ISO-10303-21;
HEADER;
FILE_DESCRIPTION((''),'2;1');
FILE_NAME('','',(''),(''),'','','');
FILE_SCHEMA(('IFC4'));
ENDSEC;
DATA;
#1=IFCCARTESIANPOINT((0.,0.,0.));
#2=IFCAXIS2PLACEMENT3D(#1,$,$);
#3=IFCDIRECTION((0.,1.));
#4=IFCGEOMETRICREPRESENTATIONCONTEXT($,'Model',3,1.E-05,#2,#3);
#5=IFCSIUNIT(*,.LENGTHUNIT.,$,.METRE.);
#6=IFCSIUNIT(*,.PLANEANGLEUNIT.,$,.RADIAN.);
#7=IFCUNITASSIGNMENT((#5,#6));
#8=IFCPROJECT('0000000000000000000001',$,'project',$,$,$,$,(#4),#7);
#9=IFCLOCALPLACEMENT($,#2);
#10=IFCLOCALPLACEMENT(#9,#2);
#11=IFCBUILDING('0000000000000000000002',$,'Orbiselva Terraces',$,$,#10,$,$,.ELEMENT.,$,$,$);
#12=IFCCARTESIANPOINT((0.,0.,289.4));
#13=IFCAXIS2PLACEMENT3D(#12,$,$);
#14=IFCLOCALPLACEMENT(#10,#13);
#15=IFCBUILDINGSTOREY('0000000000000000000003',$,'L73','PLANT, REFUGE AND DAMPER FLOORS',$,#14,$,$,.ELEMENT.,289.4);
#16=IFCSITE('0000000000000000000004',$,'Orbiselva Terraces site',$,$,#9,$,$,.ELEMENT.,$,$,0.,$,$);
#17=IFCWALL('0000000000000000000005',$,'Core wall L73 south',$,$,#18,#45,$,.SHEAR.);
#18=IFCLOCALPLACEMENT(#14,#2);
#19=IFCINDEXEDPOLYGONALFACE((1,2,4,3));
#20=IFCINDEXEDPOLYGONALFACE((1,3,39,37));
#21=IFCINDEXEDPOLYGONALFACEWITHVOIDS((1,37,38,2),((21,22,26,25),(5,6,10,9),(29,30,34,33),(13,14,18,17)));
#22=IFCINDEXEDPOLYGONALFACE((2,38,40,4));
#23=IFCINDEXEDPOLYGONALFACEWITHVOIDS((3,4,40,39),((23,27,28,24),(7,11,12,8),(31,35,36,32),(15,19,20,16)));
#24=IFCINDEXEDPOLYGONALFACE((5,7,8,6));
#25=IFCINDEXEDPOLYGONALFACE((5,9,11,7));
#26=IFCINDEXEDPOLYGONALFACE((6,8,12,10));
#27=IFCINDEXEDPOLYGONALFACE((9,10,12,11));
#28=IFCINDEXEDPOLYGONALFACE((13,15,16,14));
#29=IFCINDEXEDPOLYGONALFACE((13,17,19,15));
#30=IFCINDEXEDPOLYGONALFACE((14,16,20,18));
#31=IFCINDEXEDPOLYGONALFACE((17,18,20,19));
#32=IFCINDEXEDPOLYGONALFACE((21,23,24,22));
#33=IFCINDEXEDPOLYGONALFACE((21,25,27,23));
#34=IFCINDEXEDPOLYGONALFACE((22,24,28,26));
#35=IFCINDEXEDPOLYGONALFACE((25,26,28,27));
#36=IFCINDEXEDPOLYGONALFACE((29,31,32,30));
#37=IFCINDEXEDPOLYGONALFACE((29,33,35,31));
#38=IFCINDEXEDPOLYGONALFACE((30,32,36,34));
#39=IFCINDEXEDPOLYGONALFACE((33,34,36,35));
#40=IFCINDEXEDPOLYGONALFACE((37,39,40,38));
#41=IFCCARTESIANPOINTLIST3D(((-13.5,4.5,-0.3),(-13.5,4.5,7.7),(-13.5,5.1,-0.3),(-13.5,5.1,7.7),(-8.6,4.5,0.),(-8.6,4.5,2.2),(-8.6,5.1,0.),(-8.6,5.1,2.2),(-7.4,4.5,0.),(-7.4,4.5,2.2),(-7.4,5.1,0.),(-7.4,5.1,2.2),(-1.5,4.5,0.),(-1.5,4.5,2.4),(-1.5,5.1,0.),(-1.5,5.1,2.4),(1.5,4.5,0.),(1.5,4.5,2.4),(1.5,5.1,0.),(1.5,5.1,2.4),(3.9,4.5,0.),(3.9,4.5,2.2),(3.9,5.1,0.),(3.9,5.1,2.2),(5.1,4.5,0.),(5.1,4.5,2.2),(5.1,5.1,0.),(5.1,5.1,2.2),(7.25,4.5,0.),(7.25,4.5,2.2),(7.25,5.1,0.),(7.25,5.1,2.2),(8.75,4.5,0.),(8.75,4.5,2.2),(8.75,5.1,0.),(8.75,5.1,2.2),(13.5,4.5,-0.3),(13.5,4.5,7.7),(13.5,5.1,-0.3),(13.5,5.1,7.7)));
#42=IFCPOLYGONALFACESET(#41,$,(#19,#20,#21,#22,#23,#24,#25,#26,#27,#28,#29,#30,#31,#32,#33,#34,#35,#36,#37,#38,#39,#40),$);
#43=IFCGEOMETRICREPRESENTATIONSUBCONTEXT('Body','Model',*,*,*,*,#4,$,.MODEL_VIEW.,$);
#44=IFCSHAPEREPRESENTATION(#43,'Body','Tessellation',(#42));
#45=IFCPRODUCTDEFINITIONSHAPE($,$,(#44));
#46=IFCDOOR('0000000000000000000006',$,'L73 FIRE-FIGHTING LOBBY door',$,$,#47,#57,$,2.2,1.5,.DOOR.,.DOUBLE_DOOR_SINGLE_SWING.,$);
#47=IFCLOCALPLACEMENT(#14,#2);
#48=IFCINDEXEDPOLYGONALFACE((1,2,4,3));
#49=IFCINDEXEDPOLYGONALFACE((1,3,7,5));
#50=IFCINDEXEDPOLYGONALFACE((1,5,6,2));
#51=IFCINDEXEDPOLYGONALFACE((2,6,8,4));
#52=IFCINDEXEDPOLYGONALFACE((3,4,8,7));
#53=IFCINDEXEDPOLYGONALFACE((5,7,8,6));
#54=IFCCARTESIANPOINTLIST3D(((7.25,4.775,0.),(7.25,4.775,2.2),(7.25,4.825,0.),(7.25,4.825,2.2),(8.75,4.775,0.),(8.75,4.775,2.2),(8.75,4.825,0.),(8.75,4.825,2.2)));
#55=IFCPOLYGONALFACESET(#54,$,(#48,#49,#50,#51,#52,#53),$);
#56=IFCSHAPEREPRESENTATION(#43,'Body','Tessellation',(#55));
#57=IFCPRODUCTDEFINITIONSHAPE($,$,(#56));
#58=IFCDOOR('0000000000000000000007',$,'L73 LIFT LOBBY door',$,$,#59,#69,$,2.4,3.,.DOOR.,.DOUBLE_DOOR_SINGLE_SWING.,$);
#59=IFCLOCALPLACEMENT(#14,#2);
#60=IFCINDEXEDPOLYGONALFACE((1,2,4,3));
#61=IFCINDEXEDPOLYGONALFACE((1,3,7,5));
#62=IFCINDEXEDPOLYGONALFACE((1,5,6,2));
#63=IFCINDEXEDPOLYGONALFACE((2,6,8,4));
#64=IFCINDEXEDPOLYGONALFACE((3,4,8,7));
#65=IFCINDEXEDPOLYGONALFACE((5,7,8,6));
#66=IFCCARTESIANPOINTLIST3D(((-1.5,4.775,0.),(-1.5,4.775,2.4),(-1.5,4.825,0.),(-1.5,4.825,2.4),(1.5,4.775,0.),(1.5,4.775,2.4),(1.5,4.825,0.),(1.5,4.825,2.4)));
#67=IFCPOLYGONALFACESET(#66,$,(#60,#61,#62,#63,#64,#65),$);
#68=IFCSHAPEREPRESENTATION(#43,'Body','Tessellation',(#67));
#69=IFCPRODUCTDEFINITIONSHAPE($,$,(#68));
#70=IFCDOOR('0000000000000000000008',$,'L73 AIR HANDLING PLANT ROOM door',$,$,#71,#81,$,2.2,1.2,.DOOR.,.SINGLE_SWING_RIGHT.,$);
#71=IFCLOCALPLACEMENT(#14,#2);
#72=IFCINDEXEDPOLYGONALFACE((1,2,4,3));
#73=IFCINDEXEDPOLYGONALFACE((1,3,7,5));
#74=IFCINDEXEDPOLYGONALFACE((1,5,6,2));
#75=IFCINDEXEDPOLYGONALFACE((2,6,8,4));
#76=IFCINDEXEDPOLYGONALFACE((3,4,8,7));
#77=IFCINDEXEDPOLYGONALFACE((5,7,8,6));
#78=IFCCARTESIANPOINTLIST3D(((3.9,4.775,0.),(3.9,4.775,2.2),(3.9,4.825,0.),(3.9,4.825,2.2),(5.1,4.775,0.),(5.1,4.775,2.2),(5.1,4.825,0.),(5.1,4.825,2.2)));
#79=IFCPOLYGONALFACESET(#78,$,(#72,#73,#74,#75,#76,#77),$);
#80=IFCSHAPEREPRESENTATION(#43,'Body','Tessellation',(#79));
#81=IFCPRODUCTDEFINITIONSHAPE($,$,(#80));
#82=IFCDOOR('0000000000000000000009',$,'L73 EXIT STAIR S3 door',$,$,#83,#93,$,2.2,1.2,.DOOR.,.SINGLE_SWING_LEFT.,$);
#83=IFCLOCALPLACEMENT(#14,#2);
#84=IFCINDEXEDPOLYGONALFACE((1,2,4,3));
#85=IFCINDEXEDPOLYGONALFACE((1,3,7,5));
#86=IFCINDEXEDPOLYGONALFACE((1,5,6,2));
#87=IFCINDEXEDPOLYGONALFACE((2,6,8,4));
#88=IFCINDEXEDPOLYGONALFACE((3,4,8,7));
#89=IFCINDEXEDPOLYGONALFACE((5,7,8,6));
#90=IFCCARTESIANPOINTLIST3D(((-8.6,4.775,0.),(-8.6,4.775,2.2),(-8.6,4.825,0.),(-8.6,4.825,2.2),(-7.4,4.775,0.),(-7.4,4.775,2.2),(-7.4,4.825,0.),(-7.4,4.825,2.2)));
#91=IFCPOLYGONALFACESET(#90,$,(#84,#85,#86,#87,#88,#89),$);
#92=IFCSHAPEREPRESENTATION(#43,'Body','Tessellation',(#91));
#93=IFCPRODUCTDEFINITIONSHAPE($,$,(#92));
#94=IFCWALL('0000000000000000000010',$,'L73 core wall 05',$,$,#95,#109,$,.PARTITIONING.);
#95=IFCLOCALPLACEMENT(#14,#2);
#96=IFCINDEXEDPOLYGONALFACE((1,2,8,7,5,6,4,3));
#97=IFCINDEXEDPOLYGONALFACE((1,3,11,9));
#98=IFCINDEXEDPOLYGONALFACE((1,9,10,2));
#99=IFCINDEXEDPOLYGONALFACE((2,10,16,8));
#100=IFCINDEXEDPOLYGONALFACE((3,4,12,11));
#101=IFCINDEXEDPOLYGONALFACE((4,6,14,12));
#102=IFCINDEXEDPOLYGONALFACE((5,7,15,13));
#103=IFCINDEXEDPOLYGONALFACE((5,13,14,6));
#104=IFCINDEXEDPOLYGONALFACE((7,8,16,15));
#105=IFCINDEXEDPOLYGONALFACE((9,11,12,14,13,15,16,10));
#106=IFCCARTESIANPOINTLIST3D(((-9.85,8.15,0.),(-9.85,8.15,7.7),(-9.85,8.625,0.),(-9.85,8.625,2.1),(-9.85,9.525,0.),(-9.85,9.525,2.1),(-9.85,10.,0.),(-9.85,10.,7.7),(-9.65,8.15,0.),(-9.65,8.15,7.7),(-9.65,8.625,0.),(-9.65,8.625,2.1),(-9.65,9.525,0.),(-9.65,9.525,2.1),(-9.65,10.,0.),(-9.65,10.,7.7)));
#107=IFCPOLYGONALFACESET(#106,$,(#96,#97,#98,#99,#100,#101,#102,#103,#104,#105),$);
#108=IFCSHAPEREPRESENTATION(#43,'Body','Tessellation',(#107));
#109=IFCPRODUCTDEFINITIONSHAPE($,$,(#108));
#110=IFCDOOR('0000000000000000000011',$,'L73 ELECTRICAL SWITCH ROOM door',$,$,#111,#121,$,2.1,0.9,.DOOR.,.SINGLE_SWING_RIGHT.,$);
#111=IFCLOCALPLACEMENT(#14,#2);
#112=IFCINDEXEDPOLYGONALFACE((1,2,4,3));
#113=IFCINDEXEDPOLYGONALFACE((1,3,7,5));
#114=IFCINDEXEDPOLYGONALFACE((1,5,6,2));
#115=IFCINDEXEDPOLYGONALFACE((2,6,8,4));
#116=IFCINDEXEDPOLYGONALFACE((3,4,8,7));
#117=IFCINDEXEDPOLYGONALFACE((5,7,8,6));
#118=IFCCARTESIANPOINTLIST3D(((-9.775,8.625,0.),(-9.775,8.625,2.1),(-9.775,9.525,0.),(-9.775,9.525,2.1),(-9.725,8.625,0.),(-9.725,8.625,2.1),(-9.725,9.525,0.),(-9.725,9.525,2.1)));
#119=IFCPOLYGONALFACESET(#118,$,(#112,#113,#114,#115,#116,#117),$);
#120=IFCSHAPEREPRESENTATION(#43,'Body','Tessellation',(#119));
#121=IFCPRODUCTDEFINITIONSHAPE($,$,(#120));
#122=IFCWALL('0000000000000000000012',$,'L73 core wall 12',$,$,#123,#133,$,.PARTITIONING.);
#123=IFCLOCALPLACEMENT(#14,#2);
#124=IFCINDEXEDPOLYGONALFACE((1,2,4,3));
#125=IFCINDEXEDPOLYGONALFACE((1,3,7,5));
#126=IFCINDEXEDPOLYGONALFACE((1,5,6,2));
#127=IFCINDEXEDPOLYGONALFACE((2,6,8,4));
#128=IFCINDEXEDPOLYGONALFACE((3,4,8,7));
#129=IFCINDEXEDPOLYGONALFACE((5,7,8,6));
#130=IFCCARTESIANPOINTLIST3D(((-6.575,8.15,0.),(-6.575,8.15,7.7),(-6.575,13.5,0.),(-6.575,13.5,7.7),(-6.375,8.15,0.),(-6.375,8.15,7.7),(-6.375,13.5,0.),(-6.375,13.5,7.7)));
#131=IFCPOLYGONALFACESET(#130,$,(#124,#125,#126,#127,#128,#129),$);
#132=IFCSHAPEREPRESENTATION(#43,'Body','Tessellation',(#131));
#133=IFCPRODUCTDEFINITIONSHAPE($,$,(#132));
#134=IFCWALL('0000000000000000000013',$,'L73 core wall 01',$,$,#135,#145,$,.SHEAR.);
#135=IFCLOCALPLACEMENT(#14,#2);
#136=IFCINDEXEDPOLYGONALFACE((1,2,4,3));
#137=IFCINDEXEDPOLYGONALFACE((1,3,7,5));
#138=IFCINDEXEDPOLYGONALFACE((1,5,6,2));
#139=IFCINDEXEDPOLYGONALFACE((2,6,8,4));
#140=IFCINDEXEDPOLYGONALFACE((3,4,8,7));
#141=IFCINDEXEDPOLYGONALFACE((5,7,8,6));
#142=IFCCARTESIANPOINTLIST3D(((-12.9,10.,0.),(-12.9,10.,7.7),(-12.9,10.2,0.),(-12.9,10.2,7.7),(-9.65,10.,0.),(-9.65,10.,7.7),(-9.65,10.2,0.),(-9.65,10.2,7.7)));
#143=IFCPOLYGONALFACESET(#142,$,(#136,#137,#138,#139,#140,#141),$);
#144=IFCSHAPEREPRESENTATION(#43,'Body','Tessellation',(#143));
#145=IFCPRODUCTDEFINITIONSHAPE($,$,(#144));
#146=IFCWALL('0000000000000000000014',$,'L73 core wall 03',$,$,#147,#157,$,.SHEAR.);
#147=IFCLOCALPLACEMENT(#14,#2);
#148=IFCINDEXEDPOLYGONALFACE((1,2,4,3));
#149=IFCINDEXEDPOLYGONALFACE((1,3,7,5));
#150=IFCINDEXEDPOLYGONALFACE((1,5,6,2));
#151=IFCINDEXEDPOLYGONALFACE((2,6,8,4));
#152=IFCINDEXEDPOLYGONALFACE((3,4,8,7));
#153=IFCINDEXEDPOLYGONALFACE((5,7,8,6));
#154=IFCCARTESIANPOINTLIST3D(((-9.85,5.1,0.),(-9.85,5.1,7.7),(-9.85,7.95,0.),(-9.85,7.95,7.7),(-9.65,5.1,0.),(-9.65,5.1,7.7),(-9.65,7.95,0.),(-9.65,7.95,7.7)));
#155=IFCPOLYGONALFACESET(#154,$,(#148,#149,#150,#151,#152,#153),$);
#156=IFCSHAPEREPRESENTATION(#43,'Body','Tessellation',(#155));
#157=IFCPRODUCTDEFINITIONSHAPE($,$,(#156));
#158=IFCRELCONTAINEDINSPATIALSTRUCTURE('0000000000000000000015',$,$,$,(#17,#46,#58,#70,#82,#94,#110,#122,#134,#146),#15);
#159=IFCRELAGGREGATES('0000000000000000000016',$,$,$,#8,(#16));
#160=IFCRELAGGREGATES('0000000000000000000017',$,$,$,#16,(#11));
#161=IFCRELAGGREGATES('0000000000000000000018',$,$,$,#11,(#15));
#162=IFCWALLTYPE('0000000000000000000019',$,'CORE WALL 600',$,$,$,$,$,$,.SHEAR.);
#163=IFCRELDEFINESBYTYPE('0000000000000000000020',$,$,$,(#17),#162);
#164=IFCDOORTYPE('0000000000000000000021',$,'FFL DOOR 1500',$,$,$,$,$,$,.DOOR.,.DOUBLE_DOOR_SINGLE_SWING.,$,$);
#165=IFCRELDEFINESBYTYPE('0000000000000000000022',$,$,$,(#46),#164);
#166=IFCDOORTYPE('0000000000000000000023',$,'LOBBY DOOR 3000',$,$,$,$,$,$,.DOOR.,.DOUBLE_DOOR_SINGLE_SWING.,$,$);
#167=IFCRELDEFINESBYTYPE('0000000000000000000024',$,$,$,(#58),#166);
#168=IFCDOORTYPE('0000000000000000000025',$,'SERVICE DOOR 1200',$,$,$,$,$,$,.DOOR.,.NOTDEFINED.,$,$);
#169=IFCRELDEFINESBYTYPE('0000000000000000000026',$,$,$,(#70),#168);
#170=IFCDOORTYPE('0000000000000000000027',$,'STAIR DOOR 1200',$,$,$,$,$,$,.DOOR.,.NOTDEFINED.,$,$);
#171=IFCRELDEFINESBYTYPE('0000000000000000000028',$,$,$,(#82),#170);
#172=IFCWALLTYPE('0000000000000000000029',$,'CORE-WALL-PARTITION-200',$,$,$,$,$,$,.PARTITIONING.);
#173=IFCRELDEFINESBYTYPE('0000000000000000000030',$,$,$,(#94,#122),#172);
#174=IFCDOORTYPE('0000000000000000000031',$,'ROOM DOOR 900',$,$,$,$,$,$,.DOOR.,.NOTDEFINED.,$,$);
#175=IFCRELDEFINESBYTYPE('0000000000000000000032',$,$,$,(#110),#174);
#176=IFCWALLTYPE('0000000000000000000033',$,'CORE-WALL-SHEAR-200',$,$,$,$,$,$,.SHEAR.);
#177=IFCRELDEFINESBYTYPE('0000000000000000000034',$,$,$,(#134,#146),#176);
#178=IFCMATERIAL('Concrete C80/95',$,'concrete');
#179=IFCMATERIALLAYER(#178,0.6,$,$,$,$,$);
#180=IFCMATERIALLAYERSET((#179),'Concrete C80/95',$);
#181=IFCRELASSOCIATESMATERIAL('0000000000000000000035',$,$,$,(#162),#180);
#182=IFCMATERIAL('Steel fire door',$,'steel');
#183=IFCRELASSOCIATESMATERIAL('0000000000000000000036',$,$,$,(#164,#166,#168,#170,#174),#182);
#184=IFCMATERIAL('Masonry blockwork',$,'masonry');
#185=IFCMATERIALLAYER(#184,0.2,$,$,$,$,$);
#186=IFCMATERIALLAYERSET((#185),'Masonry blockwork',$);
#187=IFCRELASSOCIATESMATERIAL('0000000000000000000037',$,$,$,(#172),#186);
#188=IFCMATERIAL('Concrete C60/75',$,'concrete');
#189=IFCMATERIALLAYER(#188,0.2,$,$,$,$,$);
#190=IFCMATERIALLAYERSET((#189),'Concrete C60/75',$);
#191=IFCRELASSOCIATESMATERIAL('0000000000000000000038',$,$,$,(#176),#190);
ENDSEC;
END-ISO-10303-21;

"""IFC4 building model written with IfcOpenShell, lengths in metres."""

from ifc_helpers import new_model, si_unit, direction, frame, frame_2d, origin, place, context, subcontext, project, spatial, rectangle, extrude, material, layer, layer_set, type_object, element, fill, save


model = new_model("IFC4")

# Units and contexts
model_context = context("Model", 3, precision=1e-05, world=origin(), true_north=direction((0.0, 1.0)))
body_context = subcontext(model_context, "Body", "Model", "MODEL_VIEW")
ifc_project = project(units=[si_unit("LENGTHUNIT", "METRE"), si_unit("PLANEANGLEUNIT", "RADIAN")], contexts=[model_context])

# Site, building, storey
site_placement = place(None, origin())
site = spatial("IfcSite", under=ifc_project, at=site_placement, Name="Orbiselva Terraces site", CompositionType="ELEMENT", RefElevation=0.0)
building_placement = place(site_placement, origin())
building = spatial("IfcBuilding", under=site, at=building_placement, Name="Orbiselva Terraces", CompositionType="ELEMENT")
storey_placement = place(building_placement, frame((0.0, 0.0, 289.4)))
storey = spatial("IfcBuildingStorey", under=building, at=storey_placement, Name="L73", Description="PLANT, REFUGE AND DAMPER FLOORS", CompositionType="ELEMENT", Elevation=289.4)

# Wall, openings, doors
ifc_material_1 = material(Name="Concrete C80/95", Category="concrete")
ifc_layer_1 = layer(ifc_material_1, 0.6)
ifc_layer_set_1 = layer_set([ifc_layer_1], Name="Concrete C80/95")
wall_type_1 = type_object("IfcWallType", Name="CORE WALL 600", PredefinedType="SHEAR", material=ifc_layer_set_1)
wall_1_placement = place(storey_placement, frame((-13.5, 4.8, -0.3), z_axis=(0.0, 0.0, 1.0), x_axis=(1.0, 0.0, 0.0)))
wall_1 = element("IfcWall", 1, at=wall_1_placement, inside=storey, type_object=wall_type_1, Name="Core wall L73 south", PredefinedType="SHEAR", context=body_context, shape_type="SweptSolid", body=[
    extrude(rectangle(XDim=27.0, YDim=0.6, at=frame_2d((13.5, 0.0))), origin(), (0.0, 0.0, 1.0), 8.0),
])
opening_1_placement = place(wall_1_placement, frame((12.0, 0.0, 0.3)))
opening_1 = element("IfcOpeningElement", 2, at=opening_1_placement, cuts=wall_1, PredefinedType="OPENING", context=body_context, shape_type="SweptSolid", body=[
    extrude(rectangle(XDim=3.0, YDim=2.4, at=frame_2d((1.5, 1.2))), frame((0.0, 0.31, 0.0), z_axis=(0.0, -1.0, 0.0), x_axis=(1.0, 0.0, 0.0)), (0.0, 0.0, 1.0), 0.62),
])
opening_2_placement = place(wall_1_placement, frame((4.9, 0.0, 0.3)))
opening_2 = element("IfcOpeningElement", 3, at=opening_2_placement, cuts=wall_1, PredefinedType="OPENING", context=body_context, shape_type="SweptSolid", body=[
    extrude(rectangle(XDim=1.2, YDim=2.2, at=frame_2d((0.6, 1.1))), frame((0.0, 0.31, 0.0), z_axis=(0.0, -1.0, 0.0), x_axis=(1.0, 0.0, 0.0)), (0.0, 0.0, 1.0), 0.62),
])
opening_3_placement = place(wall_1_placement, frame((20.75, 0.0, 0.3)))
opening_3 = element("IfcOpeningElement", 4, at=opening_3_placement, cuts=wall_1, PredefinedType="OPENING", context=body_context, shape_type="SweptSolid", body=[
    extrude(rectangle(XDim=1.5, YDim=2.2, at=frame_2d((0.75, 1.1))), frame((0.0, 0.31, 0.0), z_axis=(0.0, -1.0, 0.0), x_axis=(1.0, 0.0, 0.0)), (0.0, 0.0, 1.0), 0.62),
])
opening_4_placement = place(wall_1_placement, frame((17.4, 0.0, 0.3)))
opening_4 = element("IfcOpeningElement", 5, at=opening_4_placement, cuts=wall_1, PredefinedType="OPENING", context=body_context, shape_type="SweptSolid", body=[
    extrude(rectangle(XDim=1.2, YDim=2.2, at=frame_2d((0.6, 1.1))), frame((0.0, 0.31, 0.0), z_axis=(0.0, -1.0, 0.0), x_axis=(1.0, 0.0, 0.0)), (0.0, 0.0, 1.0), 0.62),
])
ifc_material_2 = material(Name="Steel fire door", Category="steel")
door_type_1 = type_object("IfcDoorType", Name="FFL DOOR 1500", OperationType="DOUBLE_DOOR_SINGLE_SWING", PredefinedType="DOOR", material=ifc_material_2)
door_1_placement = place(opening_3_placement, frame((1.5, 0.0, 0.0), z_axis=(0.0, 0.0, 1.0), x_axis=(-1.0, 0.0, 0.0)))
door_1 = element("IfcDoor", 6, at=door_1_placement, inside=storey, type_object=door_type_1, Name="L73 FIRE-FIGHTING LOBBY door", OperationType="DOUBLE_DOOR_SINGLE_SWING", OverallHeight=2.2, OverallWidth=1.5, PredefinedType="DOOR", context=body_context, shape_type="SweptSolid", body=[
    extrude(rectangle(XDim=1.5, YDim=2.2, at=frame_2d((0.75, 1.1))), frame((0.0, 0.025, 0.0), z_axis=(0.0, -1.0, 0.0), x_axis=(1.0, 0.0, 0.0)), (0.0, 0.0, 1.0), 0.05),
])
fill(opening_3, door_1)
door_type_2 = type_object("IfcDoorType", Name="LOBBY DOOR 3000", OperationType="DOUBLE_DOOR_SINGLE_SWING", PredefinedType="DOOR", material=ifc_material_2)
door_2_placement = place(opening_1_placement, frame((3.0, 0.0, 0.0), z_axis=(0.0, 0.0, 1.0), x_axis=(-1.0, 0.0, 0.0)))
door_2 = element("IfcDoor", 7, at=door_2_placement, inside=storey, type_object=door_type_2, Name="L73 LIFT LOBBY door", OperationType="DOUBLE_DOOR_SINGLE_SWING", OverallHeight=2.4, OverallWidth=3.0, PredefinedType="DOOR", context=body_context, shape_type="SweptSolid", body=[
    extrude(rectangle(XDim=3.0, YDim=2.4, at=frame_2d((1.5, 1.2))), frame((0.0, 0.025, 0.0), z_axis=(0.0, -1.0, 0.0), x_axis=(1.0, 0.0, 0.0)), (0.0, 0.0, 1.0), 0.05),
])
fill(opening_1, door_2)
door_type_3 = type_object("IfcDoorType", Name="SERVICE DOOR 1200", OperationType="NOTDEFINED", PredefinedType="DOOR", material=ifc_material_2)
door_3_placement = place(opening_4_placement, frame((1.2, 0.0, 0.0), z_axis=(0.0, 0.0, 1.0), x_axis=(-1.0, 0.0, 0.0)))
door_3 = element("IfcDoor", 8, at=door_3_placement, inside=storey, type_object=door_type_3, Name="L73 AIR HANDLING PLANT ROOM door", OperationType="SINGLE_SWING_RIGHT", OverallHeight=2.2, OverallWidth=1.2, PredefinedType="DOOR", context=body_context, shape_type="SweptSolid", body=[
    extrude(rectangle(XDim=1.2, YDim=2.2, at=frame_2d((0.6, 1.1))), frame((0.0, 0.025, 0.0), z_axis=(0.0, -1.0, 0.0), x_axis=(1.0, 0.0, 0.0)), (0.0, 0.0, 1.0), 0.05),
])
fill(opening_4, door_3)
door_type_4 = type_object("IfcDoorType", Name="STAIR DOOR 1200", OperationType="NOTDEFINED", PredefinedType="DOOR", material=ifc_material_2)
door_4_placement = place(opening_2_placement, frame((1.2, 0.0, 0.0), z_axis=(0.0, 0.0, 1.0), x_axis=(-1.0, 0.0, 0.0)))
door_4 = element("IfcDoor", 9, at=door_4_placement, inside=storey, type_object=door_type_4, Name="L73 EXIT STAIR S3 door", OperationType="SINGLE_SWING_LEFT", OverallHeight=2.2, OverallWidth=1.2, PredefinedType="DOOR", context=body_context, shape_type="SweptSolid", body=[
    extrude(rectangle(XDim=1.2, YDim=2.2, at=frame_2d((0.6, 1.1))), frame((0.0, 0.025, 0.0), z_axis=(0.0, -1.0, 0.0), x_axis=(1.0, 0.0, 0.0)), (0.0, 0.0, 1.0), 0.05),
])
fill(opening_2, door_4)

# Wall, opening, door
ifc_material_3 = material(Name="Masonry blockwork", Category="masonry")
ifc_layer_2 = layer(ifc_material_3, 0.2)
ifc_layer_set_2 = layer_set([ifc_layer_2], Name="Masonry blockwork")
wall_type_2 = type_object("IfcWallType", Name="CORE-WALL-PARTITION-200", PredefinedType="PARTITIONING", material=ifc_layer_set_2)
wall_2_placement = place(storey_placement, frame((-9.75, 8.15, 0.0), z_axis=(0.0, 0.0, 1.0), x_axis=(0.0, 1.0, 0.0)))
wall_2 = element("IfcWall", 10, at=wall_2_placement, inside=storey, type_object=wall_type_2, Name="L73 core wall 05", PredefinedType="PARTITIONING", context=body_context, shape_type="SweptSolid", body=[
    extrude(rectangle(XDim=1.85, YDim=0.2, at=frame_2d((0.925, 0.0))), origin(), (0.0, 0.0, 1.0), 7.7),
])
opening_5_placement = place(wall_2_placement, frame((0.475, 0.0, 0.0)))
opening_5 = element("IfcOpeningElement", 11, at=opening_5_placement, cuts=wall_2, PredefinedType="OPENING", context=body_context, shape_type="SweptSolid", body=[
    extrude(rectangle(XDim=0.9, YDim=2.1, at=frame_2d((0.45, 1.05))), frame((0.0, 0.11, 0.0), z_axis=(0.0, -1.0, 0.0), x_axis=(1.0, 0.0, 0.0)), (0.0, 0.0, 1.0), 0.22),
])
door_type_5 = type_object("IfcDoorType", Name="ROOM DOOR 900", OperationType="NOTDEFINED", PredefinedType="DOOR", material=ifc_material_2)
door_5_placement = place(opening_5_placement, origin())
door_5 = element("IfcDoor", 12, at=door_5_placement, inside=storey, type_object=door_type_5, Name="L73 ELECTRICAL SWITCH ROOM door", OperationType="SINGLE_SWING_RIGHT", OverallHeight=2.1, OverallWidth=0.9, PredefinedType="DOOR", context=body_context, shape_type="SweptSolid", body=[
    extrude(rectangle(XDim=0.9, YDim=2.1, at=frame_2d((0.45, 1.05))), frame((0.0, 0.025, 0.0), z_axis=(0.0, -1.0, 0.0), x_axis=(1.0, 0.0, 0.0)), (0.0, 0.0, 1.0), 0.05),
])
fill(opening_5, door_5)

# Walls
wall_3_placement = place(storey_placement, frame((-6.475, 8.15, 0.0), z_axis=(0.0, 0.0, 1.0), x_axis=(0.0, 1.0, 0.0)))
element("IfcWall", 13, at=wall_3_placement, inside=storey, type_object=wall_type_2, Name="L73 core wall 12", PredefinedType="PARTITIONING", context=body_context, shape_type="SweptSolid", body=[
    extrude(rectangle(XDim=5.35, YDim=0.2, at=frame_2d((2.675, 0.0))), origin(), (0.0, 0.0, 1.0), 7.7),
])
ifc_material_4 = material(Name="Concrete C60/75", Category="concrete")
ifc_layer_3 = layer(ifc_material_4, 0.2)
ifc_layer_set_3 = layer_set([ifc_layer_3], Name="Concrete C60/75")
wall_type_3 = type_object("IfcWallType", Name="CORE-WALL-SHEAR-200", PredefinedType="SHEAR", material=ifc_layer_set_3)
wall_4_placement = place(storey_placement, frame((-12.9, 10.1, 0.0), z_axis=(0.0, 0.0, 1.0), x_axis=(1.0, 0.0, 0.0)))
element("IfcWall", 14, at=wall_4_placement, inside=storey, type_object=wall_type_3, Name="L73 core wall 01", PredefinedType="SHEAR", context=body_context, shape_type="SweptSolid", body=[
    extrude(rectangle(XDim=3.25, YDim=0.2, at=frame_2d((1.625, 0.0))), origin(), (0.0, 0.0, 1.0), 7.7),
])
wall_5_placement = place(storey_placement, frame((-9.75, 5.1, 0.0), z_axis=(0.0, 0.0, 1.0), x_axis=(0.0, 1.0, 0.0)))
element("IfcWall", 15, at=wall_5_placement, inside=storey, type_object=wall_type_3, Name="L73 core wall 03", PredefinedType="SHEAR", context=body_context, shape_type="SweptSolid", body=[
    extrude(rectangle(XDim=2.85, YDim=0.2, at=frame_2d((1.425, 0.0))), origin(), (0.0, 0.0, 1.0), 7.7),
])

save(model, "model.ifc")
